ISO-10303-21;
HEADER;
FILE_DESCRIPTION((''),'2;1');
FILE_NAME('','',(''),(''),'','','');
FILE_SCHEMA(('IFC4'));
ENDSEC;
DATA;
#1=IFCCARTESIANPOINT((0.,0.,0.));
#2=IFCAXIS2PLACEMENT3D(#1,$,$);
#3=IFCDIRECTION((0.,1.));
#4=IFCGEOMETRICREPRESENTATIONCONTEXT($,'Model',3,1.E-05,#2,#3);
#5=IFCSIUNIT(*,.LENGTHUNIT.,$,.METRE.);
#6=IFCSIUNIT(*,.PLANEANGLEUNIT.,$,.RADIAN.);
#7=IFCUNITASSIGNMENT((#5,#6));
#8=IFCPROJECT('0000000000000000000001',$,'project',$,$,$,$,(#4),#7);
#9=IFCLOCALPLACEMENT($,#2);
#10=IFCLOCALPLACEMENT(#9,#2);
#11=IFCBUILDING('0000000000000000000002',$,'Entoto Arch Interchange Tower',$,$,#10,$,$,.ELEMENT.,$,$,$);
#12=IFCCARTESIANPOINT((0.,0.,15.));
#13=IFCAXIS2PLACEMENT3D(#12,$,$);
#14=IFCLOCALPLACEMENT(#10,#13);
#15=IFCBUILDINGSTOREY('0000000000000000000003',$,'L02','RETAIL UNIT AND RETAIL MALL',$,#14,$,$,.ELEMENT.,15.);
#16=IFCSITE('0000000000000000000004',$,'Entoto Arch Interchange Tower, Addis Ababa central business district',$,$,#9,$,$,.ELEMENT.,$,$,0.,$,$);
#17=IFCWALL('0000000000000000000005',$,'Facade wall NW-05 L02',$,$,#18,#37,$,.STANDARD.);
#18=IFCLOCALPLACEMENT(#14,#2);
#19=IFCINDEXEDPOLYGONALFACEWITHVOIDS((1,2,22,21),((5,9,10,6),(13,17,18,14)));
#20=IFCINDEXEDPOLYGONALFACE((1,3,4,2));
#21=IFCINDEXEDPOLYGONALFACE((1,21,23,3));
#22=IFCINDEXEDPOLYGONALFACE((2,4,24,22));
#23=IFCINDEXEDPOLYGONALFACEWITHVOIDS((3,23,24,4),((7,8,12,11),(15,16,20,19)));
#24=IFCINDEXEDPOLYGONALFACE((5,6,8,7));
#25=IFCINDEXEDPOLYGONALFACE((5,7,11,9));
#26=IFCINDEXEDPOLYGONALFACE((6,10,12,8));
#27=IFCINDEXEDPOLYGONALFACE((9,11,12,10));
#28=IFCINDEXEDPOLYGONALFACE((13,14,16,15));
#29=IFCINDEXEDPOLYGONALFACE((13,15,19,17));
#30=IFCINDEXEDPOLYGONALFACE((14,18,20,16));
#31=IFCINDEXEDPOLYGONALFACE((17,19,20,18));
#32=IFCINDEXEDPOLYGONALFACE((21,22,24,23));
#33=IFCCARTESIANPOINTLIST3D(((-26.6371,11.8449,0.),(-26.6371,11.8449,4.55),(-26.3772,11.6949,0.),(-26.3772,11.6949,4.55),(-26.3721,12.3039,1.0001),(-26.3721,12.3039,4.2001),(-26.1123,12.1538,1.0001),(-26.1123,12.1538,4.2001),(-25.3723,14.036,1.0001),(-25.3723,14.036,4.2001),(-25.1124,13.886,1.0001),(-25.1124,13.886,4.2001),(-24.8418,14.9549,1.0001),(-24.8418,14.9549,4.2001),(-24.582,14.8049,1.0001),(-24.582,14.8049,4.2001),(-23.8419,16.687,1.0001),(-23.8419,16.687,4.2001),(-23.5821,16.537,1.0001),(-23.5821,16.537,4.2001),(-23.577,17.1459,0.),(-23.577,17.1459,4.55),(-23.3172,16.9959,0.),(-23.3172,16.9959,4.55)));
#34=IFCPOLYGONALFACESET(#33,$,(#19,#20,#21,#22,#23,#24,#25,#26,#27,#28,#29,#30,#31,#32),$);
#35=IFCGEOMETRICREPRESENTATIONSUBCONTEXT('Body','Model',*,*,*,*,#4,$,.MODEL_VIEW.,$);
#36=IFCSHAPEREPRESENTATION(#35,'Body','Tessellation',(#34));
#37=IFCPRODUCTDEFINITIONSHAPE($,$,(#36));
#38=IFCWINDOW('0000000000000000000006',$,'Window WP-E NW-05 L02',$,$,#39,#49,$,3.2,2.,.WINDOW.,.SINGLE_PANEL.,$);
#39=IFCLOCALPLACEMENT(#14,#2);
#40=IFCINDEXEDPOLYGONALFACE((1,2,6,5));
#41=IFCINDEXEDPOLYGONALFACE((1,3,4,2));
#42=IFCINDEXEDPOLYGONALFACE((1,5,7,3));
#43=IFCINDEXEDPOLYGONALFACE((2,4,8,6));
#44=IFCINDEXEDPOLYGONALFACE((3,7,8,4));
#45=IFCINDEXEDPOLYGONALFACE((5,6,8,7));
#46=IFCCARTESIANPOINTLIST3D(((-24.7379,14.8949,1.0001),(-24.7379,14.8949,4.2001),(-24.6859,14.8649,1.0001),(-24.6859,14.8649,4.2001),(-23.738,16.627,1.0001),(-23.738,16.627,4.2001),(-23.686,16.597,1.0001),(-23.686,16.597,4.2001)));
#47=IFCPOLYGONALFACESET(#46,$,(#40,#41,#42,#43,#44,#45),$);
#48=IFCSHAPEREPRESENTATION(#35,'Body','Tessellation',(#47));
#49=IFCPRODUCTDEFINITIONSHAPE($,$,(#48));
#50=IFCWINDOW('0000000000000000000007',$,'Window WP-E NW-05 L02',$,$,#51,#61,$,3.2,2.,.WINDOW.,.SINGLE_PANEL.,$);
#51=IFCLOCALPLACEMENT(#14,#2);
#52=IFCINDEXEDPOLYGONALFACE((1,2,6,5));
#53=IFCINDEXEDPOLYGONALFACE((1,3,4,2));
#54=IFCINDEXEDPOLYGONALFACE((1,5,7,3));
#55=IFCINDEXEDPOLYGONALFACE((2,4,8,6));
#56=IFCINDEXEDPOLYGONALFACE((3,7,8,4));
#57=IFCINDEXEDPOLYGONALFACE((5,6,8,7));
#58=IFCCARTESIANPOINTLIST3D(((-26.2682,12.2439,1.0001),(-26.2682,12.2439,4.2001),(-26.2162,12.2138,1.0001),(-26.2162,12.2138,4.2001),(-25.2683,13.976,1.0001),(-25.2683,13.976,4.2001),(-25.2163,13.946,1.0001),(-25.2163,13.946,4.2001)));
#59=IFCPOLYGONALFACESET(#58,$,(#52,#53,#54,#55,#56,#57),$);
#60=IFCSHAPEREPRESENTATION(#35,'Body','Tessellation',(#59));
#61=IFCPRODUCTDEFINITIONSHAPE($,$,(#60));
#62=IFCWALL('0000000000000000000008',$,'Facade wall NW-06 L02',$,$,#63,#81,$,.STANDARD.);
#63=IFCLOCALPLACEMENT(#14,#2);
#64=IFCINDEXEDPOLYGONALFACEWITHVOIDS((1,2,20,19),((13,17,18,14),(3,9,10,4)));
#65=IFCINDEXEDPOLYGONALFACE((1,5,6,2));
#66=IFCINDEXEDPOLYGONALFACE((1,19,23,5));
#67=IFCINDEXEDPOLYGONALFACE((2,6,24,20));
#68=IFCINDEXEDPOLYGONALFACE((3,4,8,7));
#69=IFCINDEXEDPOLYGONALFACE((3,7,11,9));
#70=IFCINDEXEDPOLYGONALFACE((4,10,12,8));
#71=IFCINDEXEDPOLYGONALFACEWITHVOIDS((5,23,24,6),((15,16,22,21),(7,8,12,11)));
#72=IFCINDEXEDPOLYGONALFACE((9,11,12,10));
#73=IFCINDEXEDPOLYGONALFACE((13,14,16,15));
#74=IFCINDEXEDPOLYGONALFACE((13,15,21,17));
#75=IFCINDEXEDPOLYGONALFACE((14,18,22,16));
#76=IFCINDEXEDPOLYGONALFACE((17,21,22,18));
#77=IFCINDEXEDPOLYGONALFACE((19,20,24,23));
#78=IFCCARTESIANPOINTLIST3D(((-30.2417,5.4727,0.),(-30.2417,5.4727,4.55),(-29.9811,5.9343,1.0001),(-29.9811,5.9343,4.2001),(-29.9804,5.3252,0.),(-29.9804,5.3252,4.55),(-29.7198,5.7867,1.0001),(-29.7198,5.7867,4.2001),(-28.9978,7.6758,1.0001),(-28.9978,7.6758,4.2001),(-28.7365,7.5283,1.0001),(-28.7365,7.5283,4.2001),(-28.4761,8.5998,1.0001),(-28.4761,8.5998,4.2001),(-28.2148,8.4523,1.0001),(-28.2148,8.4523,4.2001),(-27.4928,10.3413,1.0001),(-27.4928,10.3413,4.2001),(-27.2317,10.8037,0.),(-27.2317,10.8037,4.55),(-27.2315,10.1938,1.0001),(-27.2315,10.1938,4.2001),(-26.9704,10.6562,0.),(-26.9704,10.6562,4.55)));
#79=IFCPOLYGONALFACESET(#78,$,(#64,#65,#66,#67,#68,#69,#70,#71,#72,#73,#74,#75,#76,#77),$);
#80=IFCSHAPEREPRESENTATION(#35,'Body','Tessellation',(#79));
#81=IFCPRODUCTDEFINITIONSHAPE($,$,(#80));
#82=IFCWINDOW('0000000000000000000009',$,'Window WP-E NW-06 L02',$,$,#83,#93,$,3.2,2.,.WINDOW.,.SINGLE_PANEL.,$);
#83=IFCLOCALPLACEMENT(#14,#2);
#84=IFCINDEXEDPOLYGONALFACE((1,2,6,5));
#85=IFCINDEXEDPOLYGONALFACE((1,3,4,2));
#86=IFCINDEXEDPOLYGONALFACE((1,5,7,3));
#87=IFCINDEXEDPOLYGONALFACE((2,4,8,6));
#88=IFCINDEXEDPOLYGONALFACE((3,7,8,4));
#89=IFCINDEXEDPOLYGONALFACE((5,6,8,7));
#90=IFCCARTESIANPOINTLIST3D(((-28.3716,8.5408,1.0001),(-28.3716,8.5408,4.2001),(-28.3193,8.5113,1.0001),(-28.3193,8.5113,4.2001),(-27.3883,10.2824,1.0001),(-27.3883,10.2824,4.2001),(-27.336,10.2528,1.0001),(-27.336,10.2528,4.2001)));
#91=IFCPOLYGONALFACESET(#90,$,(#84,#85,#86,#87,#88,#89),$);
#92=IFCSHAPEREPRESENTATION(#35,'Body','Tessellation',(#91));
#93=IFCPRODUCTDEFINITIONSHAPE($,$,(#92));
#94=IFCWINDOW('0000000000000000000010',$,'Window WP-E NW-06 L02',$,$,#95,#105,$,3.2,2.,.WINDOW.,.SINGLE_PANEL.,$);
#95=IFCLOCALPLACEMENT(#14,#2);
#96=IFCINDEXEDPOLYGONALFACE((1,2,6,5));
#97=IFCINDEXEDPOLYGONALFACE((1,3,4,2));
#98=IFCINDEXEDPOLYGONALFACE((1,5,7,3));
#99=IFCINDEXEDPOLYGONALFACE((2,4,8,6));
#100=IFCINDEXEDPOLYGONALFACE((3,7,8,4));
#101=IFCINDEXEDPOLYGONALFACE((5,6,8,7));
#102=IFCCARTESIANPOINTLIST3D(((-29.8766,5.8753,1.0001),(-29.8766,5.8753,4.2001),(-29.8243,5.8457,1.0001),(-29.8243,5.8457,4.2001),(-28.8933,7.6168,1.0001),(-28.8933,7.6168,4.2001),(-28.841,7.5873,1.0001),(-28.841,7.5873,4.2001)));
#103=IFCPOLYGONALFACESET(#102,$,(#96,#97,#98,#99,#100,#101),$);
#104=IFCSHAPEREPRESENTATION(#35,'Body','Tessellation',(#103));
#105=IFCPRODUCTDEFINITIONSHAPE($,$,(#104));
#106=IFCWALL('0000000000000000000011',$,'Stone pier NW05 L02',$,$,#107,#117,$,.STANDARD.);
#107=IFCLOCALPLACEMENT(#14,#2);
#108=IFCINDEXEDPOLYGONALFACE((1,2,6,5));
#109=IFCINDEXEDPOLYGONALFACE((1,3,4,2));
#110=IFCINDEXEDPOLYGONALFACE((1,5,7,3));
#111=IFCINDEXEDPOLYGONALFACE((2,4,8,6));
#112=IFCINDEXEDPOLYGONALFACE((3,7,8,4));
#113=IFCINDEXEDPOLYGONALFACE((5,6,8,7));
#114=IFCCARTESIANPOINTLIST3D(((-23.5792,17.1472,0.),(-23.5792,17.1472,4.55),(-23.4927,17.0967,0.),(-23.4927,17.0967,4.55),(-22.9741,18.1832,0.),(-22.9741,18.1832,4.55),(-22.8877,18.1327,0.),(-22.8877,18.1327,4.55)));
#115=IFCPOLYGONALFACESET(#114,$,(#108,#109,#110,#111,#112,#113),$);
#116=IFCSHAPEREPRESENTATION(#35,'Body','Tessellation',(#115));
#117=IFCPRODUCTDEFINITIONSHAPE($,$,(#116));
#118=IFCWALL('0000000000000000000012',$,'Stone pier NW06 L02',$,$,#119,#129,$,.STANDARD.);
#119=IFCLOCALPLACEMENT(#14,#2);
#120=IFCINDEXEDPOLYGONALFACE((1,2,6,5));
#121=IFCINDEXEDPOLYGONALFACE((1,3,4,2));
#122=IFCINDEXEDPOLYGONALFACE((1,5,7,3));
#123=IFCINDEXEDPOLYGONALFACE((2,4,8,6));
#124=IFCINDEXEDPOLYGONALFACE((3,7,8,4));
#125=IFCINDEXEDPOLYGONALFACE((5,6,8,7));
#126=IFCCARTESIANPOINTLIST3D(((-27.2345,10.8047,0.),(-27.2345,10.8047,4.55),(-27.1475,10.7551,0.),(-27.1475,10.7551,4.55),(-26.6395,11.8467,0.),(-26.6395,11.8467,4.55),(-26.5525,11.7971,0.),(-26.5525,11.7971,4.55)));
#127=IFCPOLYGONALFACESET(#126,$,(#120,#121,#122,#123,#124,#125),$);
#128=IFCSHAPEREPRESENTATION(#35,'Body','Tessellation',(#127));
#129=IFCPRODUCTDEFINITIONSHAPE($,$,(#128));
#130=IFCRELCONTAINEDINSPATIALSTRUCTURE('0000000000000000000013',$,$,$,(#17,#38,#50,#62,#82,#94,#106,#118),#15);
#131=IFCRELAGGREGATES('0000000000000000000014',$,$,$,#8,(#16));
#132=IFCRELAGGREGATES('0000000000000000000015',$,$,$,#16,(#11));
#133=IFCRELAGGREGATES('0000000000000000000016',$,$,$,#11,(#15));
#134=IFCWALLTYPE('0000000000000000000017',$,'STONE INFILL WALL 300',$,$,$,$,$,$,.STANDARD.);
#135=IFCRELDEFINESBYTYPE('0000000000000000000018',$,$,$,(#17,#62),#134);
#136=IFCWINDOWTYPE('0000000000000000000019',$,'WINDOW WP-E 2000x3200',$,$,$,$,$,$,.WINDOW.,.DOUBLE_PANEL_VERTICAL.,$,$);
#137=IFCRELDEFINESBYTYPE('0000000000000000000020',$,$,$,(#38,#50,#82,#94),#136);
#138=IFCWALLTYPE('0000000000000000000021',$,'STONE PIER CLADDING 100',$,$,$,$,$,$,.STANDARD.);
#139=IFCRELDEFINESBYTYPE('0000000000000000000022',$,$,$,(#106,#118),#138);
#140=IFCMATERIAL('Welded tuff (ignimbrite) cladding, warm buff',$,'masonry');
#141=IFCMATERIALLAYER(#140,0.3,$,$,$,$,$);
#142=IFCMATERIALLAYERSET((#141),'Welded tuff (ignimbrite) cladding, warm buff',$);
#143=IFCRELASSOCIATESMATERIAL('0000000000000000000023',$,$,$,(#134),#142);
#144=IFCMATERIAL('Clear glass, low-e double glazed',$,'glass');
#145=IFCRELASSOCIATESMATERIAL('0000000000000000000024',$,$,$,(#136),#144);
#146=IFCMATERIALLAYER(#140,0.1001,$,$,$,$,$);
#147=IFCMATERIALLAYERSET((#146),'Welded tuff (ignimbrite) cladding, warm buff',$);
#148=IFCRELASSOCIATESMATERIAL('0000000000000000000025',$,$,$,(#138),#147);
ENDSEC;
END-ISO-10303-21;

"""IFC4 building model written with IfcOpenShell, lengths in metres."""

from ifc_helpers import new_model, si_unit, direction, frame, frame_2d, origin, place, context, subcontext, project, spatial, rectangle, extrude, material, layer, layer_set, type_object, element, fill, save


model = new_model("IFC4")

# Units and contexts
model_context = context("Model", 3, precision=1e-05, world=origin(), true_north=direction((0.0, 1.0)))
body_context = subcontext(model_context, "Body", "Model", "MODEL_VIEW")
ifc_project = project(units=[si_unit("LENGTHUNIT", "METRE"), si_unit("PLANEANGLEUNIT", "RADIAN")], contexts=[model_context])

# Site, building, storey
site_placement = place(None, origin())
site = spatial("IfcSite", under=ifc_project, at=site_placement, Name="Entoto Arch Interchange Tower, Addis Ababa central business district", CompositionType="ELEMENT", RefElevation=0.0)
building_placement = place(site_placement, origin())
building = spatial("IfcBuilding", under=site, at=building_placement, Name="Entoto Arch Interchange Tower", CompositionType="ELEMENT")
storey_placement = place(building_placement, frame((0.0, 0.0, 15.0)))
storey = spatial("IfcBuildingStorey", under=building, at=storey_placement, Name="L02", Description="RETAIL UNIT AND RETAIL MALL", CompositionType="ELEMENT", Elevation=15.0)

# Walls, openings, windows
ifc_material_1 = material(Name="Welded tuff (ignimbrite) cladding, warm buff", Category="masonry")
ifc_layer_1 = layer(ifc_material_1, 0.3)
ifc_layer_set_1 = layer_set([ifc_layer_1], Name="Welded tuff (ignimbrite) cladding, warm buff")
wall_type_1 = type_object("IfcWallType", Name="STONE INFILL WALL 300", PredefinedType="STANDARD", material=ifc_layer_set_1)
ifc_material_2 = material(Name="Clear glass, low-e double glazed", Category="glass")
window_type = type_object("IfcWindowType", Name="WINDOW WP-E 2000x3200", PartitioningType="DOUBLE_PANEL_VERTICAL", PredefinedType="WINDOW", material=ifc_material_2)
wall_1_placement = place(storey_placement, frame((-23.447, 17.071, 0.0), z_axis=(0.0, 0.0, 1.0), x_axis=(-0.49994, -0.86606, 0.0)))
wall_1 = element("IfcWall", 1, at=wall_1_placement, inside=storey, type_object=wall_type_1, Name="Facade wall NW-05 L02", PredefinedType="STANDARD", context=body_context, shape_type="SweptSolid", body=[
    extrude(rectangle(XDim=6.1208, YDim=0.3, at=frame_2d((3.0605, 0.0))), origin(), (0.0, 0.0, 1.0), 4.55),
])
opening_1_placement = place(wall_1_placement, frame((0.53, 0.0, 1.0)))
opening_1 = element("IfcOpeningElement", 2, at=opening_1_placement, cuts=wall_1, PredefinedType="OPENING", context=body_context, shape_type="SweptSolid", body=[
    extrude(rectangle(XDim=2.0, YDim=3.2, at=frame_2d((1.0, 1.6001))), frame((0.0, 0.1602, 0.0), z_axis=(0.0, -1.0, 0.0), x_axis=(1.0, 0.0, 0.0)), (0.0, 0.0, 1.0), 0.3201),
])
opening_2_placement = place(wall_1_placement, frame((3.5911, 0.0, 1.0)))
opening_2 = element("IfcOpeningElement", 3, at=opening_2_placement, cuts=wall_1, PredefinedType="OPENING", context=body_context, shape_type="SweptSolid", body=[
    extrude(rectangle(XDim=2.0, YDim=3.2, at=frame_2d((1.0, 1.6001))), frame((0.0, 0.1602, 0.0), z_axis=(0.0, -1.0, 0.0), x_axis=(1.0, 0.0, 0.0)), (0.0, 0.0, 1.0), 0.3201),
])
window_1_placement = place(opening_1_placement, origin())
window_1 = element("IfcWindow", 4, at=window_1_placement, inside=storey, type_object=window_type, Name="Window WP-E NW-05 L02", OverallHeight=3.2, OverallWidth=2.0, PartitioningType="SINGLE_PANEL", PredefinedType="WINDOW", context=body_context, shape_type="SweptSolid", body=[
    extrude(rectangle(XDim=2.0, YDim=3.2, at=frame_2d((1.0, 1.6001))), frame((0.0, 0.03, 0.0), z_axis=(0.0, -1.0, 0.0), x_axis=(1.0, 0.0, 0.0)), (0.0, 0.0, 1.0), 0.0601),
])
fill(opening_1, window_1)
window_2_placement = place(opening_2_placement, origin())
window_2 = element("IfcWindow", 5, at=window_2_placement, inside=storey, type_object=window_type, Name="Window WP-E NW-05 L02", OverallHeight=3.2, OverallWidth=2.0, PartitioningType="SINGLE_PANEL", PredefinedType="WINDOW", context=body_context, shape_type="SweptSolid", body=[
    extrude(rectangle(XDim=2.0, YDim=3.2, at=frame_2d((1.0, 1.6001))), frame((0.0, 0.03, 0.0), z_axis=(0.0, -1.0, 0.0), x_axis=(1.0, 0.0, 0.0)), (0.0, 0.0, 1.0), 0.0601),
])
fill(opening_2, window_2)
wall_2_placement = place(storey_placement, frame((-27.1011, 10.73, 0.0), z_axis=(0.0, 0.0, 1.0), x_axis=(-0.491662, -0.870786, 0.0)))
wall_2 = element("IfcWall", 6, at=wall_2_placement, inside=storey, type_object=wall_type_1, Name="Facade wall NW-06 L02", PredefinedType="STANDARD", context=body_context, shape_type="SweptSolid", body=[
    extrude(rectangle(XDim=6.1221, YDim=0.3, at=frame_2d((3.061, 0.0))), origin(), (0.0, 0.0, 1.0), 4.55),
])
opening_3_placement = place(wall_2_placement, frame((0.531, 0.0, 1.0)))
opening_3 = element("IfcOpeningElement", 7, at=opening_3_placement, cuts=wall_2, PredefinedType="OPENING", context=body_context, shape_type="SweptSolid", body=[
    extrude(rectangle(XDim=2.0, YDim=3.2, at=frame_2d((1.0, 1.6001))), frame((0.0, 0.1602, 0.0), z_axis=(0.0, -1.0, 0.0), x_axis=(1.0, 0.0, 0.0)), (0.0, 0.0, 1.0), 0.3201),
])
opening_4_placement = place(wall_2_placement, frame((3.592, 0.0, 1.0)))
opening_4 = element("IfcOpeningElement", 8, at=opening_4_placement, cuts=wall_2, PredefinedType="OPENING", context=body_context, shape_type="SweptSolid", body=[
    extrude(rectangle(XDim=2.0, YDim=3.2, at=frame_2d((1.0, 1.6001))), frame((0.0, 0.1602, 0.0), z_axis=(0.0, -1.0, 0.0), x_axis=(1.0, 0.0, 0.0)), (0.0, 0.0, 1.0), 0.3201),
])
window_3_placement = place(opening_3_placement, origin())
window_3 = element("IfcWindow", 9, at=window_3_placement, inside=storey, type_object=window_type, Name="Window WP-E NW-06 L02", OverallHeight=3.2, OverallWidth=2.0, PartitioningType="SINGLE_PANEL", PredefinedType="WINDOW", context=body_context, shape_type="SweptSolid", body=[
    extrude(rectangle(XDim=2.0, YDim=3.2, at=frame_2d((1.0, 1.6001))), frame((0.0, 0.03, 0.0), z_axis=(0.0, -1.0, 0.0), x_axis=(1.0, 0.0, 0.0)), (0.0, 0.0, 1.0), 0.0601),
])
fill(opening_3, window_3)
window_4_placement = place(opening_4_placement, origin())
window_4 = element("IfcWindow", 10, at=window_4_placement, inside=storey, type_object=window_type, Name="Window WP-E NW-06 L02", OverallHeight=3.2, OverallWidth=2.0, PartitioningType="SINGLE_PANEL", PredefinedType="WINDOW", context=body_context, shape_type="SweptSolid", body=[
    extrude(rectangle(XDim=2.0, YDim=3.2, at=frame_2d((1.0, 1.6001))), frame((0.0, 0.03, 0.0), z_axis=(0.0, -1.0, 0.0), x_axis=(1.0, 0.0, 0.0)), (0.0, 0.0, 1.0), 0.0601),
])
fill(opening_4, window_4)

# Walls
ifc_layer_2 = layer(ifc_material_1, 0.1001)
ifc_layer_set_2 = layer_set([ifc_layer_2], Name="Welded tuff (ignimbrite) cladding, warm buff")
wall_type_2 = type_object("IfcWallType", Name="STONE PIER CLADDING 100", PredefinedType="STANDARD", material=ifc_layer_set_2)
wall_3_placement = place(storey_placement, frame((-22.9309, 18.158, 0.0), z_axis=(0.0, 0.0, 1.0), x_axis=(-0.504314, -0.86352, 0.0)))
element("IfcWall", 11, at=wall_3_placement, inside=storey, type_object=wall_type_2, Name="Stone pier NW05 L02", PredefinedType="STANDARD", context=body_context, shape_type="SweptSolid", body=[
    extrude(rectangle(XDim=1.1997, YDim=0.1001, at=frame_2d((0.5999, 0.0))), origin(), (0.0, 0.0, 1.0), 4.55),
])
wall_4_placement = place(storey_placement, frame((-26.5959, 11.822, 0.0), z_axis=(0.0, 0.0, 1.0), x_axis=(-0.495854, -0.868406, 0.0)))
element("IfcWall", 12, at=wall_4_placement, inside=storey, type_object=wall_type_2, Name="Stone pier NW06 L02", PredefinedType="STANDARD", context=body_context, shape_type="SweptSolid", body=[
    extrude(rectangle(XDim=1.2, YDim=0.1001, at=frame_2d((0.6001, 0.0))), origin(), (0.0, 0.0, 1.0), 4.55),
])

save(model, "model.ifc")
